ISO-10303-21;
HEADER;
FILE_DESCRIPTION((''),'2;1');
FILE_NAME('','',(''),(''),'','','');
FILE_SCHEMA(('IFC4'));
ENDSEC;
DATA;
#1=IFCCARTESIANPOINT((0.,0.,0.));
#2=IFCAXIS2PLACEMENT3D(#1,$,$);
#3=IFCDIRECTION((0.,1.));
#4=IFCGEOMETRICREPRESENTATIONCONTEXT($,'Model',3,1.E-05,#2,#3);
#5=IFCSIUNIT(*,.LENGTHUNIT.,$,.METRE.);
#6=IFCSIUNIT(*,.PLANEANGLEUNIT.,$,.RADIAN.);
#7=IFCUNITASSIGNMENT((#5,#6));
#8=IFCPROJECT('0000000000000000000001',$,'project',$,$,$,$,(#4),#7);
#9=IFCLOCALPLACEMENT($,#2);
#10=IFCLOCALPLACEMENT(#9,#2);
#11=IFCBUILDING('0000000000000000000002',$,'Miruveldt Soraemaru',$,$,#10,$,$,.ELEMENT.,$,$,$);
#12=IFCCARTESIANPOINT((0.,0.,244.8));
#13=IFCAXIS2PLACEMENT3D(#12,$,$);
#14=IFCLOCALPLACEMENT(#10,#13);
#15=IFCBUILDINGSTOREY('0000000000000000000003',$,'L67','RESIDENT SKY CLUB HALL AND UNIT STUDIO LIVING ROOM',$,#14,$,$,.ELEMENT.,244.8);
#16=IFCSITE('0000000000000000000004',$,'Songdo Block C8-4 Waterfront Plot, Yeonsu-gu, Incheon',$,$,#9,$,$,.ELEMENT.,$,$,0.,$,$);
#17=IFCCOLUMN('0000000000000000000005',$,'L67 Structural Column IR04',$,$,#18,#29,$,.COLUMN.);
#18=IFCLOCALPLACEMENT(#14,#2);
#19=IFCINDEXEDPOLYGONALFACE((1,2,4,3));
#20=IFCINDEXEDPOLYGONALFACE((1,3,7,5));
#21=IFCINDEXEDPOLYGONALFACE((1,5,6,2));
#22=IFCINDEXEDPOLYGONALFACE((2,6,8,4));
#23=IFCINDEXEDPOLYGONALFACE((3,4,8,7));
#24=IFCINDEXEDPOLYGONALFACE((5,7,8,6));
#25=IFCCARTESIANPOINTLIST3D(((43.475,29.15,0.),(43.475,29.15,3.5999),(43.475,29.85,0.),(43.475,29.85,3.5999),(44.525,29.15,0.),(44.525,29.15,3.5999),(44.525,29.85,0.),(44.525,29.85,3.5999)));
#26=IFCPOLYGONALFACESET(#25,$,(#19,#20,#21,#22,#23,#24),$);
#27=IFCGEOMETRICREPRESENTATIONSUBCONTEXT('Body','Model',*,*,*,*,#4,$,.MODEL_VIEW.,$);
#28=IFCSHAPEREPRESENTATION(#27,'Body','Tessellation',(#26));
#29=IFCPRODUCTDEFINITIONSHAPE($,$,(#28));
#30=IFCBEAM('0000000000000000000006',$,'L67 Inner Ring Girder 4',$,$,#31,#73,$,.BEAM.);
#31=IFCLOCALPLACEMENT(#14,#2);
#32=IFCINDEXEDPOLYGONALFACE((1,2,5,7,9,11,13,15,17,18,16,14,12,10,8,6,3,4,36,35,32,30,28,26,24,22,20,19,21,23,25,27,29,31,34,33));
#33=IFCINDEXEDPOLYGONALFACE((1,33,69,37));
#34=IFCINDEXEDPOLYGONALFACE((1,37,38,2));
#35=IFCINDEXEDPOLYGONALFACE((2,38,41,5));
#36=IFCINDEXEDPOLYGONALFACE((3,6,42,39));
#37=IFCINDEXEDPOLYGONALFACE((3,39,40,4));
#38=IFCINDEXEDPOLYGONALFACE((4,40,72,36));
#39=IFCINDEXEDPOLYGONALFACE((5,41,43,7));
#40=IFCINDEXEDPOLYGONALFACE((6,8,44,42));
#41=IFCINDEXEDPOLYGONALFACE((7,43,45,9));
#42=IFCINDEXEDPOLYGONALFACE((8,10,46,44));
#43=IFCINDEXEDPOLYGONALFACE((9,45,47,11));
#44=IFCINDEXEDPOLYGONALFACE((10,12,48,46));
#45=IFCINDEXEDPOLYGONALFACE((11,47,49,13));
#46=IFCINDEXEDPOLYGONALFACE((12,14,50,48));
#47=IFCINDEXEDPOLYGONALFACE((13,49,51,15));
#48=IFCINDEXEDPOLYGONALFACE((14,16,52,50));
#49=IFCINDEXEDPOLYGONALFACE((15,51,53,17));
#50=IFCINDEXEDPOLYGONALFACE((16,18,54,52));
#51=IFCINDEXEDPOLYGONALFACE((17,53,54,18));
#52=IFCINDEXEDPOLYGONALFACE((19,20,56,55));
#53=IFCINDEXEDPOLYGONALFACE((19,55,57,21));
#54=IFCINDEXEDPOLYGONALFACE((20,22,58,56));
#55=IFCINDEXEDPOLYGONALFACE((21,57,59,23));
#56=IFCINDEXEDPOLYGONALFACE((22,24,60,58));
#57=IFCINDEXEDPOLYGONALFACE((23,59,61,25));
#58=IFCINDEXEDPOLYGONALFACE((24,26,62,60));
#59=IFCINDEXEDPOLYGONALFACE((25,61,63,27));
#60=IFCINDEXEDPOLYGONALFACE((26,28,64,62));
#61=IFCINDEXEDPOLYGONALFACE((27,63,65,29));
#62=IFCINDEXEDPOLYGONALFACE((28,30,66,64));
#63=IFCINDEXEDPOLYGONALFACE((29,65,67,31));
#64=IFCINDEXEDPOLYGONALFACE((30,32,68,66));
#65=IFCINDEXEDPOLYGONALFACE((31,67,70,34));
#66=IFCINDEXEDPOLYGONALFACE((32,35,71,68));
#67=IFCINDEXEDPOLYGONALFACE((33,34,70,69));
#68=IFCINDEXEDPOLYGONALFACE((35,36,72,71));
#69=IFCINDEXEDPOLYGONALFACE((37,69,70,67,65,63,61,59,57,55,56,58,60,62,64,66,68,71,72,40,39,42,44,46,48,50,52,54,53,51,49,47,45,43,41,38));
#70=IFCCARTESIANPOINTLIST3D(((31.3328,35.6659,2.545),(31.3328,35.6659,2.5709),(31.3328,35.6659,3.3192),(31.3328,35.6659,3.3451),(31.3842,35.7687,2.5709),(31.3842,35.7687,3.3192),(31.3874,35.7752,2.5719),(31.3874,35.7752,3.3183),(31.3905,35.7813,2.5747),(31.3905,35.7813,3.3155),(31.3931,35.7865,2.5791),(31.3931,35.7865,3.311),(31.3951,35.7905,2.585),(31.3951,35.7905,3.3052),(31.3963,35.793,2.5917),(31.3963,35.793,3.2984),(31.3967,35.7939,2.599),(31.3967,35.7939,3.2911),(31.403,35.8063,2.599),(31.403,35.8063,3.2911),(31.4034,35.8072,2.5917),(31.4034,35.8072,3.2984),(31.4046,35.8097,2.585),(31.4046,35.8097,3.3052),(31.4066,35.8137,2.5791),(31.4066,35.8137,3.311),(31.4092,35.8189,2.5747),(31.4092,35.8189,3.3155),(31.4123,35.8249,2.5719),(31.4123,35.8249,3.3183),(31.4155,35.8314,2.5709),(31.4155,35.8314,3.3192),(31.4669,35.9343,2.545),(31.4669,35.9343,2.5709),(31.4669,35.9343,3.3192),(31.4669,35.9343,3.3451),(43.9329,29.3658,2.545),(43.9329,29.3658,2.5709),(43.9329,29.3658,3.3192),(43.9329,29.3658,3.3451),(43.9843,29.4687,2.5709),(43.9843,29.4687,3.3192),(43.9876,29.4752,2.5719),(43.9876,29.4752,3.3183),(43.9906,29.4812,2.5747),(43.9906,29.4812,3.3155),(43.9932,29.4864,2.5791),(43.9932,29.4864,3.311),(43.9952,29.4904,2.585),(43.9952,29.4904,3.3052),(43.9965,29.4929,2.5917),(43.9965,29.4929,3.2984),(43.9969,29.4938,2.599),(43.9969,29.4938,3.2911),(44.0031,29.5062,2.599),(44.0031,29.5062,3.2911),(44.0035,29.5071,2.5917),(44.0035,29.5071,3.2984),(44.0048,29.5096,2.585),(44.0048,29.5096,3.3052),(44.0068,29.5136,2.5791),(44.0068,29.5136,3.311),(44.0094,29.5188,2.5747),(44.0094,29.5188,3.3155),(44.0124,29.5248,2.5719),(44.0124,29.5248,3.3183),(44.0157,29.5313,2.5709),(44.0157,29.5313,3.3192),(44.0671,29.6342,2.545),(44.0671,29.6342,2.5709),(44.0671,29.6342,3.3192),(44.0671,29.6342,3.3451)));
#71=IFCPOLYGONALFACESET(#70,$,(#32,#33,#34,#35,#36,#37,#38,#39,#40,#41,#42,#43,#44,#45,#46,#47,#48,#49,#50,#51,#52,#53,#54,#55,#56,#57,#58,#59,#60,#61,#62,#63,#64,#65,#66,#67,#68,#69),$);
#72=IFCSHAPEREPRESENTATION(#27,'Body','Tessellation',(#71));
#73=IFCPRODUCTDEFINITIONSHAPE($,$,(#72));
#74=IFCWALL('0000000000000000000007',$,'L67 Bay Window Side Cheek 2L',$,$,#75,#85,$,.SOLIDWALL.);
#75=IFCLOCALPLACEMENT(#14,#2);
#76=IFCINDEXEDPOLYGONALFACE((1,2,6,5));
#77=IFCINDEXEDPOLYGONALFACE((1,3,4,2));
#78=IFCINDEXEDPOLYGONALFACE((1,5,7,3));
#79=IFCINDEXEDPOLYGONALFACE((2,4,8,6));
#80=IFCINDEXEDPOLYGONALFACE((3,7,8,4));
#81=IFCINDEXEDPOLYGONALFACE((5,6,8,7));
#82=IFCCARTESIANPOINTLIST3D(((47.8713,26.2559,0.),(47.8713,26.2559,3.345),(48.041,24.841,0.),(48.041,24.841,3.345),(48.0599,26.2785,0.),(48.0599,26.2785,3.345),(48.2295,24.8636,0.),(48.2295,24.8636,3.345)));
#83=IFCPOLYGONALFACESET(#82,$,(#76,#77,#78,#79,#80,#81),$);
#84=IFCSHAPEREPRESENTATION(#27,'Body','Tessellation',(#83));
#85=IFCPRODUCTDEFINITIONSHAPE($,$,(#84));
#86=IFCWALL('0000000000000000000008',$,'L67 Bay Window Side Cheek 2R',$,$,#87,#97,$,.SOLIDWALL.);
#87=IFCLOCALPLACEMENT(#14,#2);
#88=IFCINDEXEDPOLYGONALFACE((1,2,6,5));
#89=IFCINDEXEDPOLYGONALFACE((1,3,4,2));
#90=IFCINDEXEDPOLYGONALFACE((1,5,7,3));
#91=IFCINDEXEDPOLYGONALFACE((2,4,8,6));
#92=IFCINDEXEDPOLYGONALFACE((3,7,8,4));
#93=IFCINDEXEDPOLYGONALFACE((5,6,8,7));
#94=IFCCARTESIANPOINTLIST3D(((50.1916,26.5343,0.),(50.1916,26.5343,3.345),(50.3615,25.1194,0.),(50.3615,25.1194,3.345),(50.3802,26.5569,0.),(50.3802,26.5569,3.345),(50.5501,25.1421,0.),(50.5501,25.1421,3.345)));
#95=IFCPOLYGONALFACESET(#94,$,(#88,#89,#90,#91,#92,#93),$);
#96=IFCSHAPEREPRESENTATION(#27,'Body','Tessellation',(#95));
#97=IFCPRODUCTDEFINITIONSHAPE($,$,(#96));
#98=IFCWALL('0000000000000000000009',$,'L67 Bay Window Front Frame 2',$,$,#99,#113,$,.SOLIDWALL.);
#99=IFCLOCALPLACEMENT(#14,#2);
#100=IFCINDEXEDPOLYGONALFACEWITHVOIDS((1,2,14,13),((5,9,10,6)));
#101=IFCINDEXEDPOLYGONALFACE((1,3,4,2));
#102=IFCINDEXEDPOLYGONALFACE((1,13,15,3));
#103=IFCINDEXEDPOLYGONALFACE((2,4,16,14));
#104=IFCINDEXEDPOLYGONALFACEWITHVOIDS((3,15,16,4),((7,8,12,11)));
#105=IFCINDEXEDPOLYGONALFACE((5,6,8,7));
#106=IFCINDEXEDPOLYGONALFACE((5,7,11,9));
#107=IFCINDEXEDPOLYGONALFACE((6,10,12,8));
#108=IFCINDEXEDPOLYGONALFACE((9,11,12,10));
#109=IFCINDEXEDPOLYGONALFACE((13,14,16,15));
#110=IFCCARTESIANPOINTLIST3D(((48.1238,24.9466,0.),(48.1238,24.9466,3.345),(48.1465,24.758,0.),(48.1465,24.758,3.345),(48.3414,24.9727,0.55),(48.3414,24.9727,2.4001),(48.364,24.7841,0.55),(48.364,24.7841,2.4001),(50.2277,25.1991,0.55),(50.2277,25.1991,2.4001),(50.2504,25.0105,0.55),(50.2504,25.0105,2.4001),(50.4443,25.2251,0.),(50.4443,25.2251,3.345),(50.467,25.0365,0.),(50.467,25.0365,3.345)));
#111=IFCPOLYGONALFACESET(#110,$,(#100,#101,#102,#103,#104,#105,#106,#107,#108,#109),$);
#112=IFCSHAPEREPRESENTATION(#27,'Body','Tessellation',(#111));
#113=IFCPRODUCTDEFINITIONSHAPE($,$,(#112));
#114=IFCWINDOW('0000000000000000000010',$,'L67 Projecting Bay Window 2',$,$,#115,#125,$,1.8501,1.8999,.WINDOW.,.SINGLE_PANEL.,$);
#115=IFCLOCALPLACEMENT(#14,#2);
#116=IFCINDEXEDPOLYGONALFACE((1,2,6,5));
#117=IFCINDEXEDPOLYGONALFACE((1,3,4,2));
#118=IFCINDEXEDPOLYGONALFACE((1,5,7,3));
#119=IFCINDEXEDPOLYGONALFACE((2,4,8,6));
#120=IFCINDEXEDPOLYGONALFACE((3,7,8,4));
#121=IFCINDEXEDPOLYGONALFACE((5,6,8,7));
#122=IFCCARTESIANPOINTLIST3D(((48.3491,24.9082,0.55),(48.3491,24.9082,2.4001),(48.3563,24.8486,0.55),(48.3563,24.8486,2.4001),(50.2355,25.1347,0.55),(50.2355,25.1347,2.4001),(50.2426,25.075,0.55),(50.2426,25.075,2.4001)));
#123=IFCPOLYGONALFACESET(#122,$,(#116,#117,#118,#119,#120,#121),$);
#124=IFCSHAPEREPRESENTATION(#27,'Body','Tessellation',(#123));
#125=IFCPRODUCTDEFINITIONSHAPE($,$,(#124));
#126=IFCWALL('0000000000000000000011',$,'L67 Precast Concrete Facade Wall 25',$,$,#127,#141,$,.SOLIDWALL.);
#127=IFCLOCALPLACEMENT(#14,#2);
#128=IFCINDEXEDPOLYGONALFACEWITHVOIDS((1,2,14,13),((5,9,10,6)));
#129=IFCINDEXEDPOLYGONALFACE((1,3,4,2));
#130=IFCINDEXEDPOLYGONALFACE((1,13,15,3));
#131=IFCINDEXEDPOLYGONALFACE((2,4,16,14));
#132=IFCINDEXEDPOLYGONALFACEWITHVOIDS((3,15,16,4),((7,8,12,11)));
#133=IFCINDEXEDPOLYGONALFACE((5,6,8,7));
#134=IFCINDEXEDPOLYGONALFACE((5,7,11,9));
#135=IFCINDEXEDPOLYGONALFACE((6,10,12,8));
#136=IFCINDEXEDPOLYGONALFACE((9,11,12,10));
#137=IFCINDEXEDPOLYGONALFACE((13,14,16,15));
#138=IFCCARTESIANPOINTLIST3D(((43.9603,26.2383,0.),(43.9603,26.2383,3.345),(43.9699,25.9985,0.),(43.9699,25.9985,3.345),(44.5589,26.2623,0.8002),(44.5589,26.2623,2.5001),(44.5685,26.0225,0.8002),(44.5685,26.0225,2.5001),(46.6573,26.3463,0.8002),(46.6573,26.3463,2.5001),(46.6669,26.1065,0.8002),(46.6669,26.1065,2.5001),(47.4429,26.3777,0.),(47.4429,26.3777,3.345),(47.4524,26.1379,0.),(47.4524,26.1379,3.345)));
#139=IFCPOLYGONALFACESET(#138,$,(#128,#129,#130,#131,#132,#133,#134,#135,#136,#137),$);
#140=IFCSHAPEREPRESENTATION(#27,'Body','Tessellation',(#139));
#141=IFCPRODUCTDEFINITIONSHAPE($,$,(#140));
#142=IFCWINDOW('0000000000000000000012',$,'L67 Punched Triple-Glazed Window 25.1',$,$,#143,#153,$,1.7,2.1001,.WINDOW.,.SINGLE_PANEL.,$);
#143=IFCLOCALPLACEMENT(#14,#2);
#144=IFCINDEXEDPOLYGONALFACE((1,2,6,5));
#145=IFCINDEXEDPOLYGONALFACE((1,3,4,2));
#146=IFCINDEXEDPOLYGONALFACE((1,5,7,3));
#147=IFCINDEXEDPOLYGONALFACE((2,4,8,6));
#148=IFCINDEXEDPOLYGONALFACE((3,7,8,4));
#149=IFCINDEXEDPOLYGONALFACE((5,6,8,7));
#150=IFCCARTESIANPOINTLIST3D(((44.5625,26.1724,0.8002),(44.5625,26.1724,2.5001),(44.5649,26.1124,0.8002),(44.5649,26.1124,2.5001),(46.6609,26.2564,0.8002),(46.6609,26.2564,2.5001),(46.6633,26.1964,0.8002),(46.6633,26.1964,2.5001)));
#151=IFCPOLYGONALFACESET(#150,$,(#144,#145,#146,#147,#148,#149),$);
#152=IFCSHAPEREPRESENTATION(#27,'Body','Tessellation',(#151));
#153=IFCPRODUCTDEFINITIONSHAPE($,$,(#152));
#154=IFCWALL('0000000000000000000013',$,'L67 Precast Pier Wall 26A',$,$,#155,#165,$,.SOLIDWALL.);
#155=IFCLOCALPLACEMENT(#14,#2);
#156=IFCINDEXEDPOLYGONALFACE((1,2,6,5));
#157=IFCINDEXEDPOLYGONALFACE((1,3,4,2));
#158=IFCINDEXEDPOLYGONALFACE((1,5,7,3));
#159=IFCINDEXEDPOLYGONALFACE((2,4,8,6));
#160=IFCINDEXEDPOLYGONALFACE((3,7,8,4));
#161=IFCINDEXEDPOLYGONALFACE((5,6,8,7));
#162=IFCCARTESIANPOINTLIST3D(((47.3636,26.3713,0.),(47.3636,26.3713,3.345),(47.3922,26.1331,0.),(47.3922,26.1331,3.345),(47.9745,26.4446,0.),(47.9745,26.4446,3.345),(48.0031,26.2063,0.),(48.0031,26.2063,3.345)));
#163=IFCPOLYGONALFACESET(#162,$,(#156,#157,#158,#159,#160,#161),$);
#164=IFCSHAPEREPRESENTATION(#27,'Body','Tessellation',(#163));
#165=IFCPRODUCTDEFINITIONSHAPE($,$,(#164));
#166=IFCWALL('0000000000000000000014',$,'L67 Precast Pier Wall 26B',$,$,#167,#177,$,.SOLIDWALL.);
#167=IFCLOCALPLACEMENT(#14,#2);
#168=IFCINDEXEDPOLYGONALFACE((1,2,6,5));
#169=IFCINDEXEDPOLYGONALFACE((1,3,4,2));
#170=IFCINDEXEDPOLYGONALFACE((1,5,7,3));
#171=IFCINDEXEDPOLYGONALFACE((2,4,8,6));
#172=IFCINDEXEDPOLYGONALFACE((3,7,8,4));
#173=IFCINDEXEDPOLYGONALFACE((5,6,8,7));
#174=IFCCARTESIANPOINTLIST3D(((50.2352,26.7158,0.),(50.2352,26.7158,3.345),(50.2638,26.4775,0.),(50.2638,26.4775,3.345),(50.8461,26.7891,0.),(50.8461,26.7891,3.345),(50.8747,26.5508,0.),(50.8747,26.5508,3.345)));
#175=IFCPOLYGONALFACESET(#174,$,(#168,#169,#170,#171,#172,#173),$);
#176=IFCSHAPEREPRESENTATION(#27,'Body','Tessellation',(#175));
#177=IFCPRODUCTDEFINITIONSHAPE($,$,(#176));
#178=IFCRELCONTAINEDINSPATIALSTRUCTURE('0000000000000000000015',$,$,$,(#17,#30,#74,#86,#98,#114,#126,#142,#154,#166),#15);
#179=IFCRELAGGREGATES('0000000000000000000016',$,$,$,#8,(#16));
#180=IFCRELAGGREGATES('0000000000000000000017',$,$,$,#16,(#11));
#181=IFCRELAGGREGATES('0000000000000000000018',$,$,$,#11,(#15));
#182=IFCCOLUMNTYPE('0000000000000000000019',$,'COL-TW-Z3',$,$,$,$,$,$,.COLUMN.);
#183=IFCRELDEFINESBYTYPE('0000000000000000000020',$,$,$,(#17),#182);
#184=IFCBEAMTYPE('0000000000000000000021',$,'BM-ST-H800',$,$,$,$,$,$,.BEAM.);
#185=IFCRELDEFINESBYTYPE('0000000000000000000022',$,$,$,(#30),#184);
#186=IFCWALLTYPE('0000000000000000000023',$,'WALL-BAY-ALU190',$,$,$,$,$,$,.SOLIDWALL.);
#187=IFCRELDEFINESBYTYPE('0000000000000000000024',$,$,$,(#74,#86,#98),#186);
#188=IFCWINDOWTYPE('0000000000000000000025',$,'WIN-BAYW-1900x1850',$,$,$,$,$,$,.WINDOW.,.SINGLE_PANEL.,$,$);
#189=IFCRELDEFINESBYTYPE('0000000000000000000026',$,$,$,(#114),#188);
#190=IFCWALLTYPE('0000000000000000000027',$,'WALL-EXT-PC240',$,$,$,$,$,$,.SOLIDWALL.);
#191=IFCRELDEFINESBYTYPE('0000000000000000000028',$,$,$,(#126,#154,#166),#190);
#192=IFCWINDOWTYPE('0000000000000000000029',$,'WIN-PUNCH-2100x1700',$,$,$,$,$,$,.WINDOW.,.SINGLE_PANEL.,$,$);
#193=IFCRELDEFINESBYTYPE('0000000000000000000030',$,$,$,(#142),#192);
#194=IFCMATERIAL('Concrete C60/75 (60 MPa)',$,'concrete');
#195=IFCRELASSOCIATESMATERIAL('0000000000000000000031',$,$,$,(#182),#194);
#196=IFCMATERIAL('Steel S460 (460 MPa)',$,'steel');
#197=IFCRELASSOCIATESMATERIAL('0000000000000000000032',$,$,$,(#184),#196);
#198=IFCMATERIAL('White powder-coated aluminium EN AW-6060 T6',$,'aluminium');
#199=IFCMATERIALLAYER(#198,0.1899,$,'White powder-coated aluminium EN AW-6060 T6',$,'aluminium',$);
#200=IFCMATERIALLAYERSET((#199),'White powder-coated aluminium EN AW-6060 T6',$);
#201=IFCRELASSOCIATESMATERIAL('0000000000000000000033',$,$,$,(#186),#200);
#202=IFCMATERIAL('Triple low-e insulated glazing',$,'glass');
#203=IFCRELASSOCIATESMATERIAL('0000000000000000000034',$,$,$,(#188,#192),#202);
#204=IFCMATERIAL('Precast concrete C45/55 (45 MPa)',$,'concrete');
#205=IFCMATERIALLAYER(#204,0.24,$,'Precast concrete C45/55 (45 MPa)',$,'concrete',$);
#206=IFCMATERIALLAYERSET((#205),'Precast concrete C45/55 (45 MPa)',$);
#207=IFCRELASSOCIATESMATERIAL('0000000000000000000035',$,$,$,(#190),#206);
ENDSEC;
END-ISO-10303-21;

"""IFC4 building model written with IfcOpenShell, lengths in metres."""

from ifc_helpers import new_model, si_unit, direction, frame, frame_2d, origin, origin_2d, place, context, subcontext, project, spatial, rectangle, i_section, extrude, material, layer, layer_set, material_profile, profile_set, type_object, element, fill, save


model = new_model("IFC4")

# Units and contexts
model_context = context("Model", 3, precision=1e-05, world=origin(), true_north=direction((0.0, 1.0)))
body_context = subcontext(model_context, "Body", "Model", "MODEL_VIEW")
ifc_project = project(units=[si_unit("LENGTHUNIT", "METRE"), si_unit("PLANEANGLEUNIT", "RADIAN")], contexts=[model_context])

# Site, building, storey
site_placement = place(None, origin())
site = spatial("IfcSite", under=ifc_project, at=site_placement, Name="Songdo Block C8-4 Waterfront Plot, Yeonsu-gu, Incheon", CompositionType="ELEMENT", RefElevation=0.0)
building_placement = place(site_placement, origin())
building = spatial("IfcBuilding", under=site, at=building_placement, Name="Miruveldt Soraemaru", CompositionType="ELEMENT")
storey_placement = place(building_placement, frame((0.0, 0.0, 244.8)))
storey = spatial("IfcBuildingStorey", under=building, at=storey_placement, Name="L67", Description="RESIDENT SKY CLUB HALL AND UNIT STUDIO LIVING ROOM", CompositionType="ELEMENT", Elevation=244.8)

# Column
ifc_material_1 = material(Name="Concrete C60/75 (60 MPa)", Category="concrete")
ifc_material_profile_1 = material_profile(ifc_material_1, rectangle(XDim=1.05, YDim=0.7, at=origin_2d()), Name="Concrete C60/75 (60 MPa)", Category="concrete")
ifc_profile_set_1 = profile_set([ifc_material_profile_1], Name="Concrete C60/75 (60 MPa)")
column_type = type_object("IfcColumnType", Name="COL-TW-Z3", PredefinedType="COLUMN", material=ifc_profile_set_1)
column_placement = place(storey_placement, frame((44.0, 29.5, 0.0), z_axis=(0.0, 0.0, 1.0), x_axis=(1.0, 0.0, 0.0)))
element("IfcColumn", 1, at=column_placement, inside=storey, type_object=column_type, Name="L67 Structural Column IR04", PredefinedType="COLUMN", context=body_context, shape_type="SweptSolid", body=[
    extrude(rectangle(XDim=1.05, YDim=0.7, at=origin_2d()), origin(), (0.0, 0.0, 1.0), 3.5999),
])

# Beam
ifc_material_2 = material(Name="Steel S460 (460 MPa)", Category="steel")
ifc_material_profile_2 = material_profile(ifc_material_2, i_section(OverallWidth=0.3, OverallDepth=0.8, WebThickness=0.0139, FlangeThickness=0.0259, FilletRadius=0.0281, at=origin_2d()), Name="Steel S460 (460 MPa)", Category="steel")
ifc_profile_set_2 = profile_set([ifc_material_profile_2], Name="Steel S460 (460 MPa)")
beam_type = type_object("IfcBeamType", Name="BM-ST-H800", PredefinedType="BEAM", material=ifc_profile_set_2)
beam_placement = place(storey_placement, frame((44.0, 29.5, 2.9451), z_axis=(-0.894427, 0.447214, 0.0), x_axis=(-0.447214, -0.894427, 0.0)))
element("IfcBeam", 2, at=beam_placement, inside=storey, type_object=beam_type, Name="L67 Inner Ring Girder 4", PredefinedType="BEAM", context=body_context, shape_type="SweptSolid", body=[
    extrude(i_section(OverallWidth=0.3, OverallDepth=0.8, WebThickness=0.0139, FlangeThickness=0.0259, FilletRadius=0.0281, at=origin_2d()), origin(), (0.0, 0.0, 1.0), 14.0874),
])

# Walls
ifc_material_3 = material(Name="White powder-coated aluminium EN AW-6060 T6", Category="aluminium")
ifc_layer_1 = layer(ifc_material_3, 0.1899, Name="White powder-coated aluminium EN AW-6060 T6", Category="aluminium")
ifc_layer_set_1 = layer_set([ifc_layer_1], Name="White powder-coated aluminium EN AW-6060 T6")
wall_type_1 = type_object("IfcWallType", Name="WALL-BAY-ALU190", PredefinedType="SOLIDWALL", material=ifc_layer_set_1)
for number, where, z_axis, x_axis, name in (
    (3, (47.9656, 26.2671, 0.0), (0.0, 0.0, 1.0), (0.119078, -0.992885, 0.0), "L67 Bay Window Side Cheek 2L"),
    (4, (50.4558, 25.1309, 0.0), (0.0, 0.0, 1.0), (-0.119247, 0.992865, 0.0), "L67 Bay Window Side Cheek 2R"),
):
    element("IfcWall", number, at=place(storey_placement, frame(where, z_axis=z_axis, x_axis=x_axis)), inside=storey, type_object=wall_type_1, Name=name, PredefinedType="SOLIDWALL", context=body_context, shape_type="SweptSolid", body=[
        extrude(rectangle(XDim=1.425, YDim=0.1899, at=frame_2d((0.7124, 0.0))), origin(), (0.0, 0.0, 1.0), 3.345),
    ])

# Walls, openings, windows
wall_1_placement = place(storey_placement, frame((48.1353, 24.8523, 0.0), z_axis=(0.0, 0.0, 1.0), x_axis=(0.992872, 0.119186, 0.0)))
wall_1 = element("IfcWall", 5, at=wall_1_placement, inside=storey, type_object=wall_type_1, Name="L67 Bay Window Front Frame 2", PredefinedType="SOLIDWALL", context=body_context, shape_type="SweptSolid", body=[
    extrude(rectangle(XDim=2.3372, YDim=0.1899, at=frame_2d((1.1685, 0.0))), origin(), (0.0, 0.0, 1.0), 3.345),
])
opening_1_placement = place(wall_1_placement, frame((0.219, 0.0, 0.55)))
opening_1 = element("IfcOpeningElement", 6, at=opening_1_placement, cuts=wall_1, PredefinedType="OPENING", context=body_context, shape_type="SweptSolid", body=[
    extrude(rectangle(XDim=1.8999, YDim=1.8501, at=frame_2d((0.95, 0.925))), frame((0.0, 0.105, 0.0), z_axis=(0.0, -1.0, 0.0), x_axis=(1.0, 0.0, 0.0)), (0.0, 0.0, 1.0), 0.21),
])
ifc_material_4 = material(Name="Triple low-e insulated glazing", Category="glass")
window_type_1 = type_object("IfcWindowType", Name="WIN-BAYW-1900x1850", PartitioningType="SINGLE_PANEL", PredefinedType="WINDOW", material=ifc_material_4)
window_1_placement = place(opening_1_placement, origin())
window_1 = element("IfcWindow", 7, at=window_1_placement, inside=storey, type_object=window_type_1, Name="L67 Projecting Bay Window 2", OverallHeight=1.8501, OverallWidth=1.8999, PartitioningType="SINGLE_PANEL", PredefinedType="WINDOW", context=body_context, shape_type="SweptSolid", body=[
    extrude(rectangle(XDim=1.8999, YDim=1.8501, at=frame_2d((0.95, 0.925))), frame((0.0, 0.03, 0.0), z_axis=(0.0, -1.0, 0.0), x_axis=(1.0, 0.0, 0.0)), (0.0, 0.0, 1.0), 0.0601),
])
fill(opening_1, window_1)
ifc_material_5 = material(Name="Precast concrete C45/55 (45 MPa)", Category="concrete")
ifc_layer_2 = layer(ifc_material_5, 0.24, Name="Precast concrete C45/55 (45 MPa)", Category="concrete")
ifc_layer_set_2 = layer_set([ifc_layer_2], Name="Precast concrete C45/55 (45 MPa)")
wall_type_2 = type_object("IfcWallType", Name="WALL-EXT-PC240", PredefinedType="SOLIDWALL", material=ifc_layer_set_2)
wall_2_placement = place(storey_placement, frame((43.9651, 26.1184, 0.0), z_axis=(0.0, 0.0, 1.0), x_axis=(0.9992, 0.039996, 0.0)))
wall_2 = element("IfcWall", 8, at=wall_2_placement, inside=storey, type_object=wall_type_2, Name="L67 Precast Concrete Facade Wall 25", PredefinedType="SOLIDWALL", context=body_context, shape_type="SweptSolid", body=[
    extrude(rectangle(XDim=3.4854, YDim=0.24, at=frame_2d((1.7427, 0.0))), origin(), (0.0, 0.0, 1.0), 3.345),
])
opening_2_placement = place(wall_2_placement, frame((0.5991, 0.0, 0.8)))
opening_2 = element("IfcOpeningElement", 9, at=opening_2_placement, cuts=wall_2, PredefinedType="OPENING", context=body_context, shape_type="SweptSolid", body=[
    extrude(rectangle(XDim=2.1001, YDim=1.7, at=frame_2d((1.05, 0.8501))), frame((0.0, 0.1299, 0.0), z_axis=(0.0, -1.0, 0.0), x_axis=(1.0, 0.0, 0.0)), (0.0, 0.0, 1.0), 0.26),
])
window_type_2 = type_object("IfcWindowType", Name="WIN-PUNCH-2100x1700", PartitioningType="SINGLE_PANEL", PredefinedType="WINDOW", material=ifc_material_4)
window_2_placement = place(opening_2_placement, origin())
window_2 = element("IfcWindow", 10, at=window_2_placement, inside=storey, type_object=window_type_2, Name="L67 Punched Triple-Glazed Window 25.1", OverallHeight=1.7, OverallWidth=2.1001, PartitioningType="SINGLE_PANEL", PredefinedType="WINDOW", context=body_context, shape_type="SweptSolid", body=[
    extrude(rectangle(XDim=2.1001, YDim=1.7, at=frame_2d((1.05, 0.8501))), frame((0.0, 0.03, 0.0), z_axis=(0.0, -1.0, 0.0), x_axis=(1.0, 0.0, 0.0)), (0.0, 0.0, 1.0), 0.0601),
])
fill(opening_2, window_2)

# Walls
for number, where, z_axis, x_axis, name in (
    (11, (47.3779, 26.2522, 0.0), (0.0, 0.0, 1.0), (0.992888, 0.119051, 0.0), "L67 Precast Pier Wall 26A"),
    (12, (50.2495, 26.5967, 0.0), (0.0, 0.0, 1.0), (0.992888, 0.119051, 0.0), "L67 Precast Pier Wall 26B"),
):
    element("IfcWall", number, at=place(storey_placement, frame(where, z_axis=z_axis, x_axis=x_axis)), inside=storey, type_object=wall_type_2, Name=name, PredefinedType="SOLIDWALL", context=body_context, shape_type="SweptSolid", body=[
        extrude(rectangle(XDim=0.6152, YDim=0.24, at=frame_2d((0.3076, 0.0))), origin(), (0.0, 0.0, 1.0), 3.345),
    ])

save(model, "model.ifc")
